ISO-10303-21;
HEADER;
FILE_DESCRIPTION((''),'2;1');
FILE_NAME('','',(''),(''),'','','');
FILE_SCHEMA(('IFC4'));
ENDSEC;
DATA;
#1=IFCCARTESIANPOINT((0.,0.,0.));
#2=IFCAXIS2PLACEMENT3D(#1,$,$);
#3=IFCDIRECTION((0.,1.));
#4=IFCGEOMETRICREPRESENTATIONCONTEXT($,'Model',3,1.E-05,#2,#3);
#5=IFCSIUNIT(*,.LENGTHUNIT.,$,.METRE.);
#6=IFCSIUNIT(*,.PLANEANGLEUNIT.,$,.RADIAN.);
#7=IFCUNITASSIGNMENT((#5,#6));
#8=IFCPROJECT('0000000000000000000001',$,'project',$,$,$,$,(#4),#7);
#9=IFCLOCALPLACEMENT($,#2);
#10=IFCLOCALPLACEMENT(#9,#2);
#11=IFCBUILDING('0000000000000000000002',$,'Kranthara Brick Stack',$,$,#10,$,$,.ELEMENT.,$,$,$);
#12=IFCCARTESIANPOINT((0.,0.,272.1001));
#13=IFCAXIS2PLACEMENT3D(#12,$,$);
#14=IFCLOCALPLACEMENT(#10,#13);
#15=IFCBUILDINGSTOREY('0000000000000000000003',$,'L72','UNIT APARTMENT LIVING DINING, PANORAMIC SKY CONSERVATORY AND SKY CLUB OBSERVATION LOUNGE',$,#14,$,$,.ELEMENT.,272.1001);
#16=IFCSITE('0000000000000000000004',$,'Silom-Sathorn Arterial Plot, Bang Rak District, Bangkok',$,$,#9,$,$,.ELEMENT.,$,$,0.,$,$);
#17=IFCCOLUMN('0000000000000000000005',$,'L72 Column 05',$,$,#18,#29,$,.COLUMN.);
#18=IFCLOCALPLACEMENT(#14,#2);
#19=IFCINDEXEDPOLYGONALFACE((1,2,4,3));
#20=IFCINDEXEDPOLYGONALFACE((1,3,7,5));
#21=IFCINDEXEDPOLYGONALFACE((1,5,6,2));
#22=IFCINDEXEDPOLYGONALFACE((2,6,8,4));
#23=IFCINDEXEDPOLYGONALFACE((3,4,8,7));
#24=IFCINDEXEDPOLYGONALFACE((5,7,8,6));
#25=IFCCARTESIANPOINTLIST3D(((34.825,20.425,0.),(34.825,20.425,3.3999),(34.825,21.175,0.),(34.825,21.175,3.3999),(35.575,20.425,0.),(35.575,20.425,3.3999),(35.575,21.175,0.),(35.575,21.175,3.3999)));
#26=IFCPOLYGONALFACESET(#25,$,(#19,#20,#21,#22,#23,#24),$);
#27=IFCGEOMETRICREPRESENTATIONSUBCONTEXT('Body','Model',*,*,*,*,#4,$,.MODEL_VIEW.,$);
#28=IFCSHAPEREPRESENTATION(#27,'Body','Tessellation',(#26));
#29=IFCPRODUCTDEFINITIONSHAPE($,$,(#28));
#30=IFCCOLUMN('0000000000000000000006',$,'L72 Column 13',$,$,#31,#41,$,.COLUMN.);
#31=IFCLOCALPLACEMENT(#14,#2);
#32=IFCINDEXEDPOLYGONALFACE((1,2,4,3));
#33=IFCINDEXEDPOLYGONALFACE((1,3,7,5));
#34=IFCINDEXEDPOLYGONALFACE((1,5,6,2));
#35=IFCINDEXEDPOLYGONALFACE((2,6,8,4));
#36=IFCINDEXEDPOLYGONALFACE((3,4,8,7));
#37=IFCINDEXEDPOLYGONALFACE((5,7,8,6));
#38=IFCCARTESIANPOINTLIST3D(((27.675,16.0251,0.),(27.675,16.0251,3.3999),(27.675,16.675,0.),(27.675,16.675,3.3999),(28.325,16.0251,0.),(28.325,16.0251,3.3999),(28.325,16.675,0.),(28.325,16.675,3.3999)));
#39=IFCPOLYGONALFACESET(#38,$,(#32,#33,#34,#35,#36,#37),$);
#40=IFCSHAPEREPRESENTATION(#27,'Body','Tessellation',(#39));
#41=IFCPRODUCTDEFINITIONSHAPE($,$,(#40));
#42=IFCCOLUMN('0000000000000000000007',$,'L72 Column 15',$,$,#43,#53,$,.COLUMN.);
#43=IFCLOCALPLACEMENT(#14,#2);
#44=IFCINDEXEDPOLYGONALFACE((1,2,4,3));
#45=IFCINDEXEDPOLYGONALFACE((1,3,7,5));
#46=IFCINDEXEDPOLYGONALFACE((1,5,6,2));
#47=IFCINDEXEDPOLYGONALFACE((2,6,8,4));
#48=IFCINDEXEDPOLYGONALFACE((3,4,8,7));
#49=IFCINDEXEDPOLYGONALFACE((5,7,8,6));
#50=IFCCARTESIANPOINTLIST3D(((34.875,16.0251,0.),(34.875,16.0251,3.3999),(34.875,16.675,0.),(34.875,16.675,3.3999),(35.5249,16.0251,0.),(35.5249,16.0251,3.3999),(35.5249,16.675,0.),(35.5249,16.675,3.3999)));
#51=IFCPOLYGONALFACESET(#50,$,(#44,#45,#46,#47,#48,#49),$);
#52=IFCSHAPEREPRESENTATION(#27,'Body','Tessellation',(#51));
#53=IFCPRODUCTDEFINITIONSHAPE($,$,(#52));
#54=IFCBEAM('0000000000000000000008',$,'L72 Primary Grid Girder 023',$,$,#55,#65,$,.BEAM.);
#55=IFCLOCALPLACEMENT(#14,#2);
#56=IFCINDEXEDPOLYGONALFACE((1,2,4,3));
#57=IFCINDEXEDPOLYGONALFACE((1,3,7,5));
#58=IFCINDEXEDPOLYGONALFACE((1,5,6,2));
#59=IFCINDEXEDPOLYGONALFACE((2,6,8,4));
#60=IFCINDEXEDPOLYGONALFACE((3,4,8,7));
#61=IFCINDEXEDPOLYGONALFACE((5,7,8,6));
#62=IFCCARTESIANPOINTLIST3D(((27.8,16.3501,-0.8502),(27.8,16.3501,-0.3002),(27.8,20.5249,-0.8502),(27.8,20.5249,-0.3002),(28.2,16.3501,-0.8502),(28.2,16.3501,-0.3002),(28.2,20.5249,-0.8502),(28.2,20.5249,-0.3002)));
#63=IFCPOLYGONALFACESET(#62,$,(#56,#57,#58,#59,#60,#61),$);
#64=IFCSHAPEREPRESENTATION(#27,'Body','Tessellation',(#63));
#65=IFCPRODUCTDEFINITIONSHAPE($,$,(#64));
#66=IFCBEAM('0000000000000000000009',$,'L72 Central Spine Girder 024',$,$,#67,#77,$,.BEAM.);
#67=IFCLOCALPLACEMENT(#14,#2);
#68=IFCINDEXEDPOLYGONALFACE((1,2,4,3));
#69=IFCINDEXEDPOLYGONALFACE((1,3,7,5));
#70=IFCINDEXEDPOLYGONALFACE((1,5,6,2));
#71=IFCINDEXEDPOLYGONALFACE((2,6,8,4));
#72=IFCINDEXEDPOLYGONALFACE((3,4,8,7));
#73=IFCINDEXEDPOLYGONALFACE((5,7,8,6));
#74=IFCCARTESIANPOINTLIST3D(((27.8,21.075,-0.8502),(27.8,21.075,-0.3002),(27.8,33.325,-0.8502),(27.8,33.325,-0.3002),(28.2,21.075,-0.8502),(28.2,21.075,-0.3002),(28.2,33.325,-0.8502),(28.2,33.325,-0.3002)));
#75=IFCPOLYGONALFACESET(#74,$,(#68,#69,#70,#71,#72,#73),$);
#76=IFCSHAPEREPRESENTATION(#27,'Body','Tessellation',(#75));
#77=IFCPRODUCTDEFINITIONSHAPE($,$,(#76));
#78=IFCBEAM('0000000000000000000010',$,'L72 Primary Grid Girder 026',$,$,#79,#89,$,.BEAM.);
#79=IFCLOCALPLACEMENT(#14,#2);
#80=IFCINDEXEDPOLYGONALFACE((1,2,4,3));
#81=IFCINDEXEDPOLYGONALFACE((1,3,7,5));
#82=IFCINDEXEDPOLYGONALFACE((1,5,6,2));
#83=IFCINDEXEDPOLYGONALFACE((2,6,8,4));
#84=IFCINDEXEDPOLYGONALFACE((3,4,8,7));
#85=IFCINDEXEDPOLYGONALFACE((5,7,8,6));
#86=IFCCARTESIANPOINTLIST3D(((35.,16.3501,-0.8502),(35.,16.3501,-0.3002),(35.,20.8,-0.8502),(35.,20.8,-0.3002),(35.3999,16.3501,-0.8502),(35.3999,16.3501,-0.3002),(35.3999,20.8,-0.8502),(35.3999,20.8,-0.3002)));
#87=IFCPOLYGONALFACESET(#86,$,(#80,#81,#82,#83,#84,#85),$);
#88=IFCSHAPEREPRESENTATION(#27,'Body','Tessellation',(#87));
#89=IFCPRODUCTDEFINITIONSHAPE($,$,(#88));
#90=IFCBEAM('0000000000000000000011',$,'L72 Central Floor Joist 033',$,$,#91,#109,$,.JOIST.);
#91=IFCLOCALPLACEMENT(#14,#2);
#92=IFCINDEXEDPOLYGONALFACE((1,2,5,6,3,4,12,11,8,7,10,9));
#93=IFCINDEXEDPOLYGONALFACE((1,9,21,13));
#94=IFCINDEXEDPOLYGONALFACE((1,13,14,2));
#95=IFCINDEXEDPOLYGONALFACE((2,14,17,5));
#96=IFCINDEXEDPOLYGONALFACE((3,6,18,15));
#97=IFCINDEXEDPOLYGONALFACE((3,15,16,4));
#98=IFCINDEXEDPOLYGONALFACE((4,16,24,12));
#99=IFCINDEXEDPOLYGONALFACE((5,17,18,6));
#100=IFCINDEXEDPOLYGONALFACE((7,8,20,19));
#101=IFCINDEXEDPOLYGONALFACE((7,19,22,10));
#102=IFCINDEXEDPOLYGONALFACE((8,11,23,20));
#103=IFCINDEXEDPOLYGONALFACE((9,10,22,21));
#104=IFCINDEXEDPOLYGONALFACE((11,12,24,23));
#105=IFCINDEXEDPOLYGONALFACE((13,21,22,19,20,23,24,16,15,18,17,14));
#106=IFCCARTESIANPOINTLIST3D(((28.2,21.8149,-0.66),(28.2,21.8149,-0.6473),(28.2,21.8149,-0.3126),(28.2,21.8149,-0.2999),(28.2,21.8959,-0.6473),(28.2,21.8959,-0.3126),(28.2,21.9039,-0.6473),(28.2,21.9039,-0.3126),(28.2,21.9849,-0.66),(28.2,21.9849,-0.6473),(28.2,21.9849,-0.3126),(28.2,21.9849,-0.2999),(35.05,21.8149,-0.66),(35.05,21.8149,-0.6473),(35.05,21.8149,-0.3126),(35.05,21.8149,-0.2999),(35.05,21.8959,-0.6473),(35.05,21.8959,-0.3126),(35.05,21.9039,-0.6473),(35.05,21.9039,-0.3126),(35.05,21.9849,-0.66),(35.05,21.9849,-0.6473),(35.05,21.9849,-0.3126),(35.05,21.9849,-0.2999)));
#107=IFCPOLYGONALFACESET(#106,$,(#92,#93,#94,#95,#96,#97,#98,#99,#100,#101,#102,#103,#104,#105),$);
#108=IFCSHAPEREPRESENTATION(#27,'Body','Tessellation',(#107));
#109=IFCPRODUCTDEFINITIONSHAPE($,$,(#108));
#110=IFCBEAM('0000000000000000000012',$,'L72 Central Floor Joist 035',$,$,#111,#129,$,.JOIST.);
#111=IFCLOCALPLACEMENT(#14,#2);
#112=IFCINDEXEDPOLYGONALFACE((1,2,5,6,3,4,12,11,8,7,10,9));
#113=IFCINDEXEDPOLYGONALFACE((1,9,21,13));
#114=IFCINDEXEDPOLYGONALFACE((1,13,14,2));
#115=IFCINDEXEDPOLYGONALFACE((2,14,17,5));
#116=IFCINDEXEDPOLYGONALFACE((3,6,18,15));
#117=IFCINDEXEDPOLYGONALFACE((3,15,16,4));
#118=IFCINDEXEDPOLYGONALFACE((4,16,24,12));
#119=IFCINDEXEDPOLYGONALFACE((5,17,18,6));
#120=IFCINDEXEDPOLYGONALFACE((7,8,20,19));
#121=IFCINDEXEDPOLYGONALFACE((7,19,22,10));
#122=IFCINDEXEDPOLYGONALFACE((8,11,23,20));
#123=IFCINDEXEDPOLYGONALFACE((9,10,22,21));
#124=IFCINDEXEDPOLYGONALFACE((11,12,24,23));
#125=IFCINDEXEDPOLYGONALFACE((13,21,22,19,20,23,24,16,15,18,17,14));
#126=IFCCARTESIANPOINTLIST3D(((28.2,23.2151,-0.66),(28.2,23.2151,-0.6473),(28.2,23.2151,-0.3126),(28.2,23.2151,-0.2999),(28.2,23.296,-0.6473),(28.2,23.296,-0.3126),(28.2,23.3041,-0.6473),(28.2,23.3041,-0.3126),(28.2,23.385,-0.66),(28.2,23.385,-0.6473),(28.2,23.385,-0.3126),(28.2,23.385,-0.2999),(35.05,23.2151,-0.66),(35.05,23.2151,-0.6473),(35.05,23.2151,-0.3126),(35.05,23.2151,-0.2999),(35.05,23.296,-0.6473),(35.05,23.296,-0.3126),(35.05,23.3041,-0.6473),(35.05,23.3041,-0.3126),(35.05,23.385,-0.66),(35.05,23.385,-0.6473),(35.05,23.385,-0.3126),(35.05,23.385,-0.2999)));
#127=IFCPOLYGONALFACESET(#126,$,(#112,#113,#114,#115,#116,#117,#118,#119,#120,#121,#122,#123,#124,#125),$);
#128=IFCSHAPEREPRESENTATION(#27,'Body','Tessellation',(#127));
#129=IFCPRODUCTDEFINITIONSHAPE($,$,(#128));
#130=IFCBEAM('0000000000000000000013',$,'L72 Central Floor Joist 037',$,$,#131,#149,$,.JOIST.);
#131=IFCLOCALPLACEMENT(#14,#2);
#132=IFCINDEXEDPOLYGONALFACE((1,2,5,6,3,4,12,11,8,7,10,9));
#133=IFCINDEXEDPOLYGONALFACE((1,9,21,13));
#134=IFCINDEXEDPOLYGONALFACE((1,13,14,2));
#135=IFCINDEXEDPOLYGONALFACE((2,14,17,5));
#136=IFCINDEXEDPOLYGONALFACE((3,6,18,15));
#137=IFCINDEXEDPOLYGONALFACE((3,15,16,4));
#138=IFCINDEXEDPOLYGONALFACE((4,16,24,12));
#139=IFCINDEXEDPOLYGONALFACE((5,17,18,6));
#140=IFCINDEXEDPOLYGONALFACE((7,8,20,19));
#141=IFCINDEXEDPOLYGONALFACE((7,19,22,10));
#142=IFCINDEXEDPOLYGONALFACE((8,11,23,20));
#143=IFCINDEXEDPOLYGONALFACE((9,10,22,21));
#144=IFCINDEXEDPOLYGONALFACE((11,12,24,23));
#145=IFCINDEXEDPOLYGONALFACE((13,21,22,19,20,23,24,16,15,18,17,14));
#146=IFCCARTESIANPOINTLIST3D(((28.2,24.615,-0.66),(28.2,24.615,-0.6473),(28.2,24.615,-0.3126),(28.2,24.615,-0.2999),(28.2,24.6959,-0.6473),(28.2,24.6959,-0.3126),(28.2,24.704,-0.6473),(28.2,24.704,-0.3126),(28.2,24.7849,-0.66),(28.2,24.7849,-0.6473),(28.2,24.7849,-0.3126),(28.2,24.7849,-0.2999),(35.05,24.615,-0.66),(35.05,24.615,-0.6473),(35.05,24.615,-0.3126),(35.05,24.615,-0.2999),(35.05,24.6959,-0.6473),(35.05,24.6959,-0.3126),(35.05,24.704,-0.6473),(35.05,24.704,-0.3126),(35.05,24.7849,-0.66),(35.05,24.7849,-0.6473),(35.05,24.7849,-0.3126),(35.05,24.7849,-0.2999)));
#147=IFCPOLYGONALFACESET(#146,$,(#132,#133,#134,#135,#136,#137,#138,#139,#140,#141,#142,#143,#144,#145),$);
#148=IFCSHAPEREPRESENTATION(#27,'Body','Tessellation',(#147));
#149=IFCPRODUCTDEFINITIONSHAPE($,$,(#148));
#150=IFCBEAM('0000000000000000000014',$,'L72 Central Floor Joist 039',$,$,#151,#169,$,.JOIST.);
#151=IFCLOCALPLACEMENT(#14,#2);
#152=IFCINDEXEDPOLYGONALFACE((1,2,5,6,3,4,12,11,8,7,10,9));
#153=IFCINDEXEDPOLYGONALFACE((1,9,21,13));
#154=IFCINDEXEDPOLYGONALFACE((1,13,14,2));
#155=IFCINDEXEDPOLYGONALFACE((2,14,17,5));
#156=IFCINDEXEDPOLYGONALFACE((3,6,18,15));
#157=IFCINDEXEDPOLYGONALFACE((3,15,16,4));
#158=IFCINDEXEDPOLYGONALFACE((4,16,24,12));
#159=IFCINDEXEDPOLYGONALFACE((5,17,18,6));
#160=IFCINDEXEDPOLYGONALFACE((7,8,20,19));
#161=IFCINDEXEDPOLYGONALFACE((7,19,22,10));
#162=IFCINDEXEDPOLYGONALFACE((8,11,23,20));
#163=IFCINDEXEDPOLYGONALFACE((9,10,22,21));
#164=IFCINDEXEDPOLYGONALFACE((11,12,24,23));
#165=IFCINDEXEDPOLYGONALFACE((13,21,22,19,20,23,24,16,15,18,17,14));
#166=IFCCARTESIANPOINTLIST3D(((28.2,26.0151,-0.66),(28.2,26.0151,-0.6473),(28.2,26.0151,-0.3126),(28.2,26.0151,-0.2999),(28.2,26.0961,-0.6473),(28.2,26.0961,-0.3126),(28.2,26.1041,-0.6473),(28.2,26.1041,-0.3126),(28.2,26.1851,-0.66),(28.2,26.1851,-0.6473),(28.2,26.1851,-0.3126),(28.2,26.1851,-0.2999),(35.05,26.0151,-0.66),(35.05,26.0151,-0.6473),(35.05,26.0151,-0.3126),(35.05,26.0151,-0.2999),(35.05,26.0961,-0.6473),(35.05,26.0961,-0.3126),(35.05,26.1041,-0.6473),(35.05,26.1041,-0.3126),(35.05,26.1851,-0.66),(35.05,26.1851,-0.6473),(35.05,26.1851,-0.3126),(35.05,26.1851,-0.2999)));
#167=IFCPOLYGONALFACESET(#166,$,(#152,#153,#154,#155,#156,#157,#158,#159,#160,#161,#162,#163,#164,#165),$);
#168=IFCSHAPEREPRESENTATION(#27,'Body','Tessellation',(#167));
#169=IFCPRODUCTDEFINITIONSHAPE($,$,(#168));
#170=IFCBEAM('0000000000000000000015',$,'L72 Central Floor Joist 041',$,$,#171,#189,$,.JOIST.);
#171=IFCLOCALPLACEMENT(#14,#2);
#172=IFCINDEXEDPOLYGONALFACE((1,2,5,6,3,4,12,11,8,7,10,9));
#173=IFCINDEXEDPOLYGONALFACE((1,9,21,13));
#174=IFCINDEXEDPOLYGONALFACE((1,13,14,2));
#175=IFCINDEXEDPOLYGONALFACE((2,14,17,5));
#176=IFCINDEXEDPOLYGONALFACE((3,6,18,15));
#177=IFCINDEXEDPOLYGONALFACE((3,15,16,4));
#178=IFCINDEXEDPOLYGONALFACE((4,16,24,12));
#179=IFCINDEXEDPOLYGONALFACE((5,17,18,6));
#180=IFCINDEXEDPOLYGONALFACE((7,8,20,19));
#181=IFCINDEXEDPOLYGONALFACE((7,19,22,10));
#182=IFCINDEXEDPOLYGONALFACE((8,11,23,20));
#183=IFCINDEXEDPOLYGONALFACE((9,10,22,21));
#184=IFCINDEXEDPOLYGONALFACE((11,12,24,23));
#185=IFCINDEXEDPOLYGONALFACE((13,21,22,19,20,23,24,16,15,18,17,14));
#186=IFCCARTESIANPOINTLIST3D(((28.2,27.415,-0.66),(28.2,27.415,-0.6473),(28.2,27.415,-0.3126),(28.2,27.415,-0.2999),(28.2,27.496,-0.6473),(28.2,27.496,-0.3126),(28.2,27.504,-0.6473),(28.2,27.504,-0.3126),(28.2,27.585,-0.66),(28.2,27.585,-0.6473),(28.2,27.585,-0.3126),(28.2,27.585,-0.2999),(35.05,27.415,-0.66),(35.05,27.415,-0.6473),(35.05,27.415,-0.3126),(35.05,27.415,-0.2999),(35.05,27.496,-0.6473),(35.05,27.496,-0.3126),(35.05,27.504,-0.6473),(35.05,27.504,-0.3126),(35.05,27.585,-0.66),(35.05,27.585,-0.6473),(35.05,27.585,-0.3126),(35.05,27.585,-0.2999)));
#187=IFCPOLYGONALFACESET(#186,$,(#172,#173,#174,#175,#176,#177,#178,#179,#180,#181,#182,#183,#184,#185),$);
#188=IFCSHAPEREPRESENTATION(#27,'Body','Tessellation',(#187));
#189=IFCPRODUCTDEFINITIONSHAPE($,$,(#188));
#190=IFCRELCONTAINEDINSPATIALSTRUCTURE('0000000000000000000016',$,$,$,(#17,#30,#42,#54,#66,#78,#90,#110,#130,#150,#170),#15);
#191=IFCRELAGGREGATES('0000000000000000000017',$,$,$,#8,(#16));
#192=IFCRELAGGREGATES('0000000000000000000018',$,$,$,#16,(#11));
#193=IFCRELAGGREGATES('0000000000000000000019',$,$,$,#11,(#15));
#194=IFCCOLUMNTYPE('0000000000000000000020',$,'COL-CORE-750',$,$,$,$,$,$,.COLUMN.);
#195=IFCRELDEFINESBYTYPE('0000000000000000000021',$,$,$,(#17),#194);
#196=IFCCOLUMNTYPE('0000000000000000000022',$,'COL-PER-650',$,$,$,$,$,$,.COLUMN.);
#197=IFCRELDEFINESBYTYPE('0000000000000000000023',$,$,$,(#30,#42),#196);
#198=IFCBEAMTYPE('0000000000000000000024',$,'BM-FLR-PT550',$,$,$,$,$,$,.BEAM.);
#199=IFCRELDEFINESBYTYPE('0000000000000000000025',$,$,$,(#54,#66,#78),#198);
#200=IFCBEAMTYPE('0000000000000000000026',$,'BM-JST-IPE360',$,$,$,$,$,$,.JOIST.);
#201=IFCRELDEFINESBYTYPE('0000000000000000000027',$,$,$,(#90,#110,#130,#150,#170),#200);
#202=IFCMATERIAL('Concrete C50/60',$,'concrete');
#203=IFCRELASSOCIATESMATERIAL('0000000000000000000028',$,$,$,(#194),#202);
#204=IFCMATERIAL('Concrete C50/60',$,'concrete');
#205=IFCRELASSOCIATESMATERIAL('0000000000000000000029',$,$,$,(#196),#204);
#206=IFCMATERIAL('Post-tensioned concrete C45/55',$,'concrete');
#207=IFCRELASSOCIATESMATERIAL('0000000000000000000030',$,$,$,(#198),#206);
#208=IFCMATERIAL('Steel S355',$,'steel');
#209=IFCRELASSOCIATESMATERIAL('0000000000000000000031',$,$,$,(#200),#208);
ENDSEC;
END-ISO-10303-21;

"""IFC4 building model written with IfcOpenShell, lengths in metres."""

from ifc_helpers import new_model, si_unit, direction, frame, origin, origin_2d, place, context, subcontext, project, spatial, rectangle, i_section, extrude, material, material_profile, profile_set, type_object, element, save


model = new_model("IFC4")

# Units and contexts
model_context = context("Model", 3, precision=1e-05, world=origin(), true_north=direction((0.0, 1.0)))
body_context = subcontext(model_context, "Body", "Model", "MODEL_VIEW")
ifc_project = project(units=[si_unit("LENGTHUNIT", "METRE"), si_unit("PLANEANGLEUNIT", "RADIAN")], contexts=[model_context])

# Site, building, storey
site_placement = place(None, origin())
site = spatial("IfcSite", under=ifc_project, at=site_placement, Name="Silom-Sathorn Arterial Plot, Bang Rak District, Bangkok", CompositionType="ELEMENT", RefElevation=0.0)
building_placement = place(site_placement, origin())
building = spatial("IfcBuilding", under=site, at=building_placement, Name="Kranthara Brick Stack", CompositionType="ELEMENT")
storey_placement = place(building_placement, frame((0.0, 0.0, 272.1001)))
storey = spatial("IfcBuildingStorey", under=building, at=storey_placement, Name="L72", Description="UNIT APARTMENT LIVING DINING, PANORAMIC SKY CONSERVATORY AND SKY CLUB OBSERVATION LOUNGE", CompositionType="ELEMENT", Elevation=272.1001)

# Columns
ifc_material_1 = material(Name="Concrete C50/60", Category="concrete")
ifc_material_profile_1 = material_profile(ifc_material_1, rectangle(XDim=0.75, YDim=0.75, at=origin_2d()), Name="RC 750x750")
ifc_profile_set_1 = profile_set([ifc_material_profile_1], Name="Concrete C50/60")
column_type_1 = type_object("IfcColumnType", Name="COL-CORE-750", PredefinedType="COLUMN", material=ifc_profile_set_1)
column_placement = place(storey_placement, frame((35.2, 20.8, 0.0), z_axis=(0.0, 0.0, 1.0), x_axis=(1.0, 0.0, 0.0)))
element("IfcColumn", 1, at=column_placement, inside=storey, type_object=column_type_1, Name="L72 Column 05", PredefinedType="COLUMN", context=body_context, shape_type="SweptSolid", body=[
    extrude(rectangle(XDim=0.75, YDim=0.75, at=origin_2d()), origin(), (0.0, 0.0, 1.0), 3.3999),
])
ifc_material_2 = material(Name="Concrete C50/60", Category="concrete")
ifc_material_profile_2 = material_profile(ifc_material_2, rectangle(XDim=0.6499, YDim=0.6499, at=origin_2d()), Name="RC 650x650")
ifc_profile_set_2 = profile_set([ifc_material_profile_2], Name="Concrete C50/60")
column_type_2 = type_object("IfcColumnType", Name="COL-PER-650", PredefinedType="COLUMN", material=ifc_profile_set_2)
for number, where, z_axis, x_axis, name in (
    (2, (28.0, 16.3501, 0.0), (0.0, 0.0, 1.0), (1.0, 0.0, 0.0), "L72 Column 13"),
    (3, (35.2, 16.3501, 0.0), (0.0, 0.0, 1.0), (1.0, 0.0, 0.0), "L72 Column 15"),
):
    element("IfcColumn", number, at=place(storey_placement, frame(where, z_axis=z_axis, x_axis=x_axis)), inside=storey, type_object=column_type_2, Name=name, PredefinedType="COLUMN", context=body_context, shape_type="SweptSolid", body=[
        extrude(rectangle(XDim=0.6499, YDim=0.6499, at=origin_2d()), origin(), (0.0, 0.0, 1.0), 3.3999),
    ])

# Beams
ifc_material_3 = material(Name="Post-tensioned concrete C45/55", Category="concrete")
ifc_material_profile_3 = material_profile(ifc_material_3, rectangle(XDim=0.3999, YDim=0.55, at=origin_2d()), Name="PT 400x550")
ifc_profile_set_3 = profile_set([ifc_material_profile_3], Name="Post-tensioned concrete C45/55")
beam_type_1 = type_object("IfcBeamType", Name="BM-FLR-PT550", PredefinedType="BEAM", material=ifc_profile_set_3)
beam_1_placement = place(storey_placement, frame((28.0, 16.3501, -0.5752), z_axis=(0.0, 1.0, 0.0), x_axis=(-1.0, 0.0, 0.0)))
element("IfcBeam", 4, at=beam_1_placement, inside=storey, type_object=beam_type_1, Name="L72 Primary Grid Girder 023", PredefinedType="BEAM", context=body_context, shape_type="SweptSolid", body=[
    extrude(rectangle(XDim=0.3999, YDim=0.55, at=origin_2d()), origin(), (0.0, 0.0, 1.0), 4.1748),
])
beam_2_placement = place(storey_placement, frame((28.0, 21.075, -0.5752), z_axis=(0.0, 1.0, 0.0), x_axis=(-1.0, 0.0, 0.0)))
element("IfcBeam", 5, at=beam_2_placement, inside=storey, type_object=beam_type_1, Name="L72 Central Spine Girder 024", PredefinedType="BEAM", context=body_context, shape_type="SweptSolid", body=[
    extrude(rectangle(XDim=0.3999, YDim=0.55, at=origin_2d()), origin(), (0.0, 0.0, 1.0), 12.25),
])
beam_3_placement = place(storey_placement, frame((35.2, 16.3501, -0.5752), z_axis=(0.0, 1.0, 0.0), x_axis=(-1.0, 0.0, 0.0)))
element("IfcBeam", 6, at=beam_3_placement, inside=storey, type_object=beam_type_1, Name="L72 Primary Grid Girder 026", PredefinedType="BEAM", context=body_context, shape_type="SweptSolid", body=[
    extrude(rectangle(XDim=0.3999, YDim=0.55, at=origin_2d()), origin(), (0.0, 0.0, 1.0), 4.45),
])
ifc_material_4 = material(Name="Steel S355", Category="steel")
ifc_material_profile_4 = material_profile(ifc_material_4, i_section(OverallWidth=0.1699, OverallDepth=0.3601, WebThickness=0.0081, FlangeThickness=0.0127, at=origin_2d()), Name="IPE 360")
ifc_profile_set_4 = profile_set([ifc_material_profile_4], Name="Steel S355")
beam_type_2 = type_object("IfcBeamType", Name="BM-JST-IPE360", PredefinedType="JOIST", material=ifc_profile_set_4)
for number, where, z_axis, x_axis, name in (
    (7, (28.2, 21.8999, -0.48), (1.0, 0.0, 0.0), (0.0, 1.0, 0.0), "L72 Central Floor Joist 033"),
    (8, (28.2, 23.3, -0.48), (1.0, 0.0, 0.0), (0.0, 1.0, 0.0), "L72 Central Floor Joist 035"),
    (9, (28.2, 24.7, -0.48), (1.0, 0.0, 0.0), (0.0, 1.0, 0.0), "L72 Central Floor Joist 037"),
    (10, (28.2, 26.1001, -0.48), (1.0, 0.0, 0.0), (0.0, 1.0, 0.0), "L72 Central Floor Joist 039"),
    (11, (28.2, 27.5, -0.48), (1.0, 0.0, 0.0), (0.0, 1.0, 0.0), "L72 Central Floor Joist 041"),
):
    element("IfcBeam", number, at=place(storey_placement, frame(where, z_axis=z_axis, x_axis=x_axis)), inside=storey, type_object=beam_type_2, Name=name, PredefinedType="JOIST", context=body_context, shape_type="SweptSolid", body=[
        extrude(i_section(OverallWidth=0.1699, OverallDepth=0.3601, WebThickness=0.0081, FlangeThickness=0.0127, at=origin_2d()), origin(), (0.0, 0.0, 1.0), 6.8501),
    ])

save(model, "model.ifc")
